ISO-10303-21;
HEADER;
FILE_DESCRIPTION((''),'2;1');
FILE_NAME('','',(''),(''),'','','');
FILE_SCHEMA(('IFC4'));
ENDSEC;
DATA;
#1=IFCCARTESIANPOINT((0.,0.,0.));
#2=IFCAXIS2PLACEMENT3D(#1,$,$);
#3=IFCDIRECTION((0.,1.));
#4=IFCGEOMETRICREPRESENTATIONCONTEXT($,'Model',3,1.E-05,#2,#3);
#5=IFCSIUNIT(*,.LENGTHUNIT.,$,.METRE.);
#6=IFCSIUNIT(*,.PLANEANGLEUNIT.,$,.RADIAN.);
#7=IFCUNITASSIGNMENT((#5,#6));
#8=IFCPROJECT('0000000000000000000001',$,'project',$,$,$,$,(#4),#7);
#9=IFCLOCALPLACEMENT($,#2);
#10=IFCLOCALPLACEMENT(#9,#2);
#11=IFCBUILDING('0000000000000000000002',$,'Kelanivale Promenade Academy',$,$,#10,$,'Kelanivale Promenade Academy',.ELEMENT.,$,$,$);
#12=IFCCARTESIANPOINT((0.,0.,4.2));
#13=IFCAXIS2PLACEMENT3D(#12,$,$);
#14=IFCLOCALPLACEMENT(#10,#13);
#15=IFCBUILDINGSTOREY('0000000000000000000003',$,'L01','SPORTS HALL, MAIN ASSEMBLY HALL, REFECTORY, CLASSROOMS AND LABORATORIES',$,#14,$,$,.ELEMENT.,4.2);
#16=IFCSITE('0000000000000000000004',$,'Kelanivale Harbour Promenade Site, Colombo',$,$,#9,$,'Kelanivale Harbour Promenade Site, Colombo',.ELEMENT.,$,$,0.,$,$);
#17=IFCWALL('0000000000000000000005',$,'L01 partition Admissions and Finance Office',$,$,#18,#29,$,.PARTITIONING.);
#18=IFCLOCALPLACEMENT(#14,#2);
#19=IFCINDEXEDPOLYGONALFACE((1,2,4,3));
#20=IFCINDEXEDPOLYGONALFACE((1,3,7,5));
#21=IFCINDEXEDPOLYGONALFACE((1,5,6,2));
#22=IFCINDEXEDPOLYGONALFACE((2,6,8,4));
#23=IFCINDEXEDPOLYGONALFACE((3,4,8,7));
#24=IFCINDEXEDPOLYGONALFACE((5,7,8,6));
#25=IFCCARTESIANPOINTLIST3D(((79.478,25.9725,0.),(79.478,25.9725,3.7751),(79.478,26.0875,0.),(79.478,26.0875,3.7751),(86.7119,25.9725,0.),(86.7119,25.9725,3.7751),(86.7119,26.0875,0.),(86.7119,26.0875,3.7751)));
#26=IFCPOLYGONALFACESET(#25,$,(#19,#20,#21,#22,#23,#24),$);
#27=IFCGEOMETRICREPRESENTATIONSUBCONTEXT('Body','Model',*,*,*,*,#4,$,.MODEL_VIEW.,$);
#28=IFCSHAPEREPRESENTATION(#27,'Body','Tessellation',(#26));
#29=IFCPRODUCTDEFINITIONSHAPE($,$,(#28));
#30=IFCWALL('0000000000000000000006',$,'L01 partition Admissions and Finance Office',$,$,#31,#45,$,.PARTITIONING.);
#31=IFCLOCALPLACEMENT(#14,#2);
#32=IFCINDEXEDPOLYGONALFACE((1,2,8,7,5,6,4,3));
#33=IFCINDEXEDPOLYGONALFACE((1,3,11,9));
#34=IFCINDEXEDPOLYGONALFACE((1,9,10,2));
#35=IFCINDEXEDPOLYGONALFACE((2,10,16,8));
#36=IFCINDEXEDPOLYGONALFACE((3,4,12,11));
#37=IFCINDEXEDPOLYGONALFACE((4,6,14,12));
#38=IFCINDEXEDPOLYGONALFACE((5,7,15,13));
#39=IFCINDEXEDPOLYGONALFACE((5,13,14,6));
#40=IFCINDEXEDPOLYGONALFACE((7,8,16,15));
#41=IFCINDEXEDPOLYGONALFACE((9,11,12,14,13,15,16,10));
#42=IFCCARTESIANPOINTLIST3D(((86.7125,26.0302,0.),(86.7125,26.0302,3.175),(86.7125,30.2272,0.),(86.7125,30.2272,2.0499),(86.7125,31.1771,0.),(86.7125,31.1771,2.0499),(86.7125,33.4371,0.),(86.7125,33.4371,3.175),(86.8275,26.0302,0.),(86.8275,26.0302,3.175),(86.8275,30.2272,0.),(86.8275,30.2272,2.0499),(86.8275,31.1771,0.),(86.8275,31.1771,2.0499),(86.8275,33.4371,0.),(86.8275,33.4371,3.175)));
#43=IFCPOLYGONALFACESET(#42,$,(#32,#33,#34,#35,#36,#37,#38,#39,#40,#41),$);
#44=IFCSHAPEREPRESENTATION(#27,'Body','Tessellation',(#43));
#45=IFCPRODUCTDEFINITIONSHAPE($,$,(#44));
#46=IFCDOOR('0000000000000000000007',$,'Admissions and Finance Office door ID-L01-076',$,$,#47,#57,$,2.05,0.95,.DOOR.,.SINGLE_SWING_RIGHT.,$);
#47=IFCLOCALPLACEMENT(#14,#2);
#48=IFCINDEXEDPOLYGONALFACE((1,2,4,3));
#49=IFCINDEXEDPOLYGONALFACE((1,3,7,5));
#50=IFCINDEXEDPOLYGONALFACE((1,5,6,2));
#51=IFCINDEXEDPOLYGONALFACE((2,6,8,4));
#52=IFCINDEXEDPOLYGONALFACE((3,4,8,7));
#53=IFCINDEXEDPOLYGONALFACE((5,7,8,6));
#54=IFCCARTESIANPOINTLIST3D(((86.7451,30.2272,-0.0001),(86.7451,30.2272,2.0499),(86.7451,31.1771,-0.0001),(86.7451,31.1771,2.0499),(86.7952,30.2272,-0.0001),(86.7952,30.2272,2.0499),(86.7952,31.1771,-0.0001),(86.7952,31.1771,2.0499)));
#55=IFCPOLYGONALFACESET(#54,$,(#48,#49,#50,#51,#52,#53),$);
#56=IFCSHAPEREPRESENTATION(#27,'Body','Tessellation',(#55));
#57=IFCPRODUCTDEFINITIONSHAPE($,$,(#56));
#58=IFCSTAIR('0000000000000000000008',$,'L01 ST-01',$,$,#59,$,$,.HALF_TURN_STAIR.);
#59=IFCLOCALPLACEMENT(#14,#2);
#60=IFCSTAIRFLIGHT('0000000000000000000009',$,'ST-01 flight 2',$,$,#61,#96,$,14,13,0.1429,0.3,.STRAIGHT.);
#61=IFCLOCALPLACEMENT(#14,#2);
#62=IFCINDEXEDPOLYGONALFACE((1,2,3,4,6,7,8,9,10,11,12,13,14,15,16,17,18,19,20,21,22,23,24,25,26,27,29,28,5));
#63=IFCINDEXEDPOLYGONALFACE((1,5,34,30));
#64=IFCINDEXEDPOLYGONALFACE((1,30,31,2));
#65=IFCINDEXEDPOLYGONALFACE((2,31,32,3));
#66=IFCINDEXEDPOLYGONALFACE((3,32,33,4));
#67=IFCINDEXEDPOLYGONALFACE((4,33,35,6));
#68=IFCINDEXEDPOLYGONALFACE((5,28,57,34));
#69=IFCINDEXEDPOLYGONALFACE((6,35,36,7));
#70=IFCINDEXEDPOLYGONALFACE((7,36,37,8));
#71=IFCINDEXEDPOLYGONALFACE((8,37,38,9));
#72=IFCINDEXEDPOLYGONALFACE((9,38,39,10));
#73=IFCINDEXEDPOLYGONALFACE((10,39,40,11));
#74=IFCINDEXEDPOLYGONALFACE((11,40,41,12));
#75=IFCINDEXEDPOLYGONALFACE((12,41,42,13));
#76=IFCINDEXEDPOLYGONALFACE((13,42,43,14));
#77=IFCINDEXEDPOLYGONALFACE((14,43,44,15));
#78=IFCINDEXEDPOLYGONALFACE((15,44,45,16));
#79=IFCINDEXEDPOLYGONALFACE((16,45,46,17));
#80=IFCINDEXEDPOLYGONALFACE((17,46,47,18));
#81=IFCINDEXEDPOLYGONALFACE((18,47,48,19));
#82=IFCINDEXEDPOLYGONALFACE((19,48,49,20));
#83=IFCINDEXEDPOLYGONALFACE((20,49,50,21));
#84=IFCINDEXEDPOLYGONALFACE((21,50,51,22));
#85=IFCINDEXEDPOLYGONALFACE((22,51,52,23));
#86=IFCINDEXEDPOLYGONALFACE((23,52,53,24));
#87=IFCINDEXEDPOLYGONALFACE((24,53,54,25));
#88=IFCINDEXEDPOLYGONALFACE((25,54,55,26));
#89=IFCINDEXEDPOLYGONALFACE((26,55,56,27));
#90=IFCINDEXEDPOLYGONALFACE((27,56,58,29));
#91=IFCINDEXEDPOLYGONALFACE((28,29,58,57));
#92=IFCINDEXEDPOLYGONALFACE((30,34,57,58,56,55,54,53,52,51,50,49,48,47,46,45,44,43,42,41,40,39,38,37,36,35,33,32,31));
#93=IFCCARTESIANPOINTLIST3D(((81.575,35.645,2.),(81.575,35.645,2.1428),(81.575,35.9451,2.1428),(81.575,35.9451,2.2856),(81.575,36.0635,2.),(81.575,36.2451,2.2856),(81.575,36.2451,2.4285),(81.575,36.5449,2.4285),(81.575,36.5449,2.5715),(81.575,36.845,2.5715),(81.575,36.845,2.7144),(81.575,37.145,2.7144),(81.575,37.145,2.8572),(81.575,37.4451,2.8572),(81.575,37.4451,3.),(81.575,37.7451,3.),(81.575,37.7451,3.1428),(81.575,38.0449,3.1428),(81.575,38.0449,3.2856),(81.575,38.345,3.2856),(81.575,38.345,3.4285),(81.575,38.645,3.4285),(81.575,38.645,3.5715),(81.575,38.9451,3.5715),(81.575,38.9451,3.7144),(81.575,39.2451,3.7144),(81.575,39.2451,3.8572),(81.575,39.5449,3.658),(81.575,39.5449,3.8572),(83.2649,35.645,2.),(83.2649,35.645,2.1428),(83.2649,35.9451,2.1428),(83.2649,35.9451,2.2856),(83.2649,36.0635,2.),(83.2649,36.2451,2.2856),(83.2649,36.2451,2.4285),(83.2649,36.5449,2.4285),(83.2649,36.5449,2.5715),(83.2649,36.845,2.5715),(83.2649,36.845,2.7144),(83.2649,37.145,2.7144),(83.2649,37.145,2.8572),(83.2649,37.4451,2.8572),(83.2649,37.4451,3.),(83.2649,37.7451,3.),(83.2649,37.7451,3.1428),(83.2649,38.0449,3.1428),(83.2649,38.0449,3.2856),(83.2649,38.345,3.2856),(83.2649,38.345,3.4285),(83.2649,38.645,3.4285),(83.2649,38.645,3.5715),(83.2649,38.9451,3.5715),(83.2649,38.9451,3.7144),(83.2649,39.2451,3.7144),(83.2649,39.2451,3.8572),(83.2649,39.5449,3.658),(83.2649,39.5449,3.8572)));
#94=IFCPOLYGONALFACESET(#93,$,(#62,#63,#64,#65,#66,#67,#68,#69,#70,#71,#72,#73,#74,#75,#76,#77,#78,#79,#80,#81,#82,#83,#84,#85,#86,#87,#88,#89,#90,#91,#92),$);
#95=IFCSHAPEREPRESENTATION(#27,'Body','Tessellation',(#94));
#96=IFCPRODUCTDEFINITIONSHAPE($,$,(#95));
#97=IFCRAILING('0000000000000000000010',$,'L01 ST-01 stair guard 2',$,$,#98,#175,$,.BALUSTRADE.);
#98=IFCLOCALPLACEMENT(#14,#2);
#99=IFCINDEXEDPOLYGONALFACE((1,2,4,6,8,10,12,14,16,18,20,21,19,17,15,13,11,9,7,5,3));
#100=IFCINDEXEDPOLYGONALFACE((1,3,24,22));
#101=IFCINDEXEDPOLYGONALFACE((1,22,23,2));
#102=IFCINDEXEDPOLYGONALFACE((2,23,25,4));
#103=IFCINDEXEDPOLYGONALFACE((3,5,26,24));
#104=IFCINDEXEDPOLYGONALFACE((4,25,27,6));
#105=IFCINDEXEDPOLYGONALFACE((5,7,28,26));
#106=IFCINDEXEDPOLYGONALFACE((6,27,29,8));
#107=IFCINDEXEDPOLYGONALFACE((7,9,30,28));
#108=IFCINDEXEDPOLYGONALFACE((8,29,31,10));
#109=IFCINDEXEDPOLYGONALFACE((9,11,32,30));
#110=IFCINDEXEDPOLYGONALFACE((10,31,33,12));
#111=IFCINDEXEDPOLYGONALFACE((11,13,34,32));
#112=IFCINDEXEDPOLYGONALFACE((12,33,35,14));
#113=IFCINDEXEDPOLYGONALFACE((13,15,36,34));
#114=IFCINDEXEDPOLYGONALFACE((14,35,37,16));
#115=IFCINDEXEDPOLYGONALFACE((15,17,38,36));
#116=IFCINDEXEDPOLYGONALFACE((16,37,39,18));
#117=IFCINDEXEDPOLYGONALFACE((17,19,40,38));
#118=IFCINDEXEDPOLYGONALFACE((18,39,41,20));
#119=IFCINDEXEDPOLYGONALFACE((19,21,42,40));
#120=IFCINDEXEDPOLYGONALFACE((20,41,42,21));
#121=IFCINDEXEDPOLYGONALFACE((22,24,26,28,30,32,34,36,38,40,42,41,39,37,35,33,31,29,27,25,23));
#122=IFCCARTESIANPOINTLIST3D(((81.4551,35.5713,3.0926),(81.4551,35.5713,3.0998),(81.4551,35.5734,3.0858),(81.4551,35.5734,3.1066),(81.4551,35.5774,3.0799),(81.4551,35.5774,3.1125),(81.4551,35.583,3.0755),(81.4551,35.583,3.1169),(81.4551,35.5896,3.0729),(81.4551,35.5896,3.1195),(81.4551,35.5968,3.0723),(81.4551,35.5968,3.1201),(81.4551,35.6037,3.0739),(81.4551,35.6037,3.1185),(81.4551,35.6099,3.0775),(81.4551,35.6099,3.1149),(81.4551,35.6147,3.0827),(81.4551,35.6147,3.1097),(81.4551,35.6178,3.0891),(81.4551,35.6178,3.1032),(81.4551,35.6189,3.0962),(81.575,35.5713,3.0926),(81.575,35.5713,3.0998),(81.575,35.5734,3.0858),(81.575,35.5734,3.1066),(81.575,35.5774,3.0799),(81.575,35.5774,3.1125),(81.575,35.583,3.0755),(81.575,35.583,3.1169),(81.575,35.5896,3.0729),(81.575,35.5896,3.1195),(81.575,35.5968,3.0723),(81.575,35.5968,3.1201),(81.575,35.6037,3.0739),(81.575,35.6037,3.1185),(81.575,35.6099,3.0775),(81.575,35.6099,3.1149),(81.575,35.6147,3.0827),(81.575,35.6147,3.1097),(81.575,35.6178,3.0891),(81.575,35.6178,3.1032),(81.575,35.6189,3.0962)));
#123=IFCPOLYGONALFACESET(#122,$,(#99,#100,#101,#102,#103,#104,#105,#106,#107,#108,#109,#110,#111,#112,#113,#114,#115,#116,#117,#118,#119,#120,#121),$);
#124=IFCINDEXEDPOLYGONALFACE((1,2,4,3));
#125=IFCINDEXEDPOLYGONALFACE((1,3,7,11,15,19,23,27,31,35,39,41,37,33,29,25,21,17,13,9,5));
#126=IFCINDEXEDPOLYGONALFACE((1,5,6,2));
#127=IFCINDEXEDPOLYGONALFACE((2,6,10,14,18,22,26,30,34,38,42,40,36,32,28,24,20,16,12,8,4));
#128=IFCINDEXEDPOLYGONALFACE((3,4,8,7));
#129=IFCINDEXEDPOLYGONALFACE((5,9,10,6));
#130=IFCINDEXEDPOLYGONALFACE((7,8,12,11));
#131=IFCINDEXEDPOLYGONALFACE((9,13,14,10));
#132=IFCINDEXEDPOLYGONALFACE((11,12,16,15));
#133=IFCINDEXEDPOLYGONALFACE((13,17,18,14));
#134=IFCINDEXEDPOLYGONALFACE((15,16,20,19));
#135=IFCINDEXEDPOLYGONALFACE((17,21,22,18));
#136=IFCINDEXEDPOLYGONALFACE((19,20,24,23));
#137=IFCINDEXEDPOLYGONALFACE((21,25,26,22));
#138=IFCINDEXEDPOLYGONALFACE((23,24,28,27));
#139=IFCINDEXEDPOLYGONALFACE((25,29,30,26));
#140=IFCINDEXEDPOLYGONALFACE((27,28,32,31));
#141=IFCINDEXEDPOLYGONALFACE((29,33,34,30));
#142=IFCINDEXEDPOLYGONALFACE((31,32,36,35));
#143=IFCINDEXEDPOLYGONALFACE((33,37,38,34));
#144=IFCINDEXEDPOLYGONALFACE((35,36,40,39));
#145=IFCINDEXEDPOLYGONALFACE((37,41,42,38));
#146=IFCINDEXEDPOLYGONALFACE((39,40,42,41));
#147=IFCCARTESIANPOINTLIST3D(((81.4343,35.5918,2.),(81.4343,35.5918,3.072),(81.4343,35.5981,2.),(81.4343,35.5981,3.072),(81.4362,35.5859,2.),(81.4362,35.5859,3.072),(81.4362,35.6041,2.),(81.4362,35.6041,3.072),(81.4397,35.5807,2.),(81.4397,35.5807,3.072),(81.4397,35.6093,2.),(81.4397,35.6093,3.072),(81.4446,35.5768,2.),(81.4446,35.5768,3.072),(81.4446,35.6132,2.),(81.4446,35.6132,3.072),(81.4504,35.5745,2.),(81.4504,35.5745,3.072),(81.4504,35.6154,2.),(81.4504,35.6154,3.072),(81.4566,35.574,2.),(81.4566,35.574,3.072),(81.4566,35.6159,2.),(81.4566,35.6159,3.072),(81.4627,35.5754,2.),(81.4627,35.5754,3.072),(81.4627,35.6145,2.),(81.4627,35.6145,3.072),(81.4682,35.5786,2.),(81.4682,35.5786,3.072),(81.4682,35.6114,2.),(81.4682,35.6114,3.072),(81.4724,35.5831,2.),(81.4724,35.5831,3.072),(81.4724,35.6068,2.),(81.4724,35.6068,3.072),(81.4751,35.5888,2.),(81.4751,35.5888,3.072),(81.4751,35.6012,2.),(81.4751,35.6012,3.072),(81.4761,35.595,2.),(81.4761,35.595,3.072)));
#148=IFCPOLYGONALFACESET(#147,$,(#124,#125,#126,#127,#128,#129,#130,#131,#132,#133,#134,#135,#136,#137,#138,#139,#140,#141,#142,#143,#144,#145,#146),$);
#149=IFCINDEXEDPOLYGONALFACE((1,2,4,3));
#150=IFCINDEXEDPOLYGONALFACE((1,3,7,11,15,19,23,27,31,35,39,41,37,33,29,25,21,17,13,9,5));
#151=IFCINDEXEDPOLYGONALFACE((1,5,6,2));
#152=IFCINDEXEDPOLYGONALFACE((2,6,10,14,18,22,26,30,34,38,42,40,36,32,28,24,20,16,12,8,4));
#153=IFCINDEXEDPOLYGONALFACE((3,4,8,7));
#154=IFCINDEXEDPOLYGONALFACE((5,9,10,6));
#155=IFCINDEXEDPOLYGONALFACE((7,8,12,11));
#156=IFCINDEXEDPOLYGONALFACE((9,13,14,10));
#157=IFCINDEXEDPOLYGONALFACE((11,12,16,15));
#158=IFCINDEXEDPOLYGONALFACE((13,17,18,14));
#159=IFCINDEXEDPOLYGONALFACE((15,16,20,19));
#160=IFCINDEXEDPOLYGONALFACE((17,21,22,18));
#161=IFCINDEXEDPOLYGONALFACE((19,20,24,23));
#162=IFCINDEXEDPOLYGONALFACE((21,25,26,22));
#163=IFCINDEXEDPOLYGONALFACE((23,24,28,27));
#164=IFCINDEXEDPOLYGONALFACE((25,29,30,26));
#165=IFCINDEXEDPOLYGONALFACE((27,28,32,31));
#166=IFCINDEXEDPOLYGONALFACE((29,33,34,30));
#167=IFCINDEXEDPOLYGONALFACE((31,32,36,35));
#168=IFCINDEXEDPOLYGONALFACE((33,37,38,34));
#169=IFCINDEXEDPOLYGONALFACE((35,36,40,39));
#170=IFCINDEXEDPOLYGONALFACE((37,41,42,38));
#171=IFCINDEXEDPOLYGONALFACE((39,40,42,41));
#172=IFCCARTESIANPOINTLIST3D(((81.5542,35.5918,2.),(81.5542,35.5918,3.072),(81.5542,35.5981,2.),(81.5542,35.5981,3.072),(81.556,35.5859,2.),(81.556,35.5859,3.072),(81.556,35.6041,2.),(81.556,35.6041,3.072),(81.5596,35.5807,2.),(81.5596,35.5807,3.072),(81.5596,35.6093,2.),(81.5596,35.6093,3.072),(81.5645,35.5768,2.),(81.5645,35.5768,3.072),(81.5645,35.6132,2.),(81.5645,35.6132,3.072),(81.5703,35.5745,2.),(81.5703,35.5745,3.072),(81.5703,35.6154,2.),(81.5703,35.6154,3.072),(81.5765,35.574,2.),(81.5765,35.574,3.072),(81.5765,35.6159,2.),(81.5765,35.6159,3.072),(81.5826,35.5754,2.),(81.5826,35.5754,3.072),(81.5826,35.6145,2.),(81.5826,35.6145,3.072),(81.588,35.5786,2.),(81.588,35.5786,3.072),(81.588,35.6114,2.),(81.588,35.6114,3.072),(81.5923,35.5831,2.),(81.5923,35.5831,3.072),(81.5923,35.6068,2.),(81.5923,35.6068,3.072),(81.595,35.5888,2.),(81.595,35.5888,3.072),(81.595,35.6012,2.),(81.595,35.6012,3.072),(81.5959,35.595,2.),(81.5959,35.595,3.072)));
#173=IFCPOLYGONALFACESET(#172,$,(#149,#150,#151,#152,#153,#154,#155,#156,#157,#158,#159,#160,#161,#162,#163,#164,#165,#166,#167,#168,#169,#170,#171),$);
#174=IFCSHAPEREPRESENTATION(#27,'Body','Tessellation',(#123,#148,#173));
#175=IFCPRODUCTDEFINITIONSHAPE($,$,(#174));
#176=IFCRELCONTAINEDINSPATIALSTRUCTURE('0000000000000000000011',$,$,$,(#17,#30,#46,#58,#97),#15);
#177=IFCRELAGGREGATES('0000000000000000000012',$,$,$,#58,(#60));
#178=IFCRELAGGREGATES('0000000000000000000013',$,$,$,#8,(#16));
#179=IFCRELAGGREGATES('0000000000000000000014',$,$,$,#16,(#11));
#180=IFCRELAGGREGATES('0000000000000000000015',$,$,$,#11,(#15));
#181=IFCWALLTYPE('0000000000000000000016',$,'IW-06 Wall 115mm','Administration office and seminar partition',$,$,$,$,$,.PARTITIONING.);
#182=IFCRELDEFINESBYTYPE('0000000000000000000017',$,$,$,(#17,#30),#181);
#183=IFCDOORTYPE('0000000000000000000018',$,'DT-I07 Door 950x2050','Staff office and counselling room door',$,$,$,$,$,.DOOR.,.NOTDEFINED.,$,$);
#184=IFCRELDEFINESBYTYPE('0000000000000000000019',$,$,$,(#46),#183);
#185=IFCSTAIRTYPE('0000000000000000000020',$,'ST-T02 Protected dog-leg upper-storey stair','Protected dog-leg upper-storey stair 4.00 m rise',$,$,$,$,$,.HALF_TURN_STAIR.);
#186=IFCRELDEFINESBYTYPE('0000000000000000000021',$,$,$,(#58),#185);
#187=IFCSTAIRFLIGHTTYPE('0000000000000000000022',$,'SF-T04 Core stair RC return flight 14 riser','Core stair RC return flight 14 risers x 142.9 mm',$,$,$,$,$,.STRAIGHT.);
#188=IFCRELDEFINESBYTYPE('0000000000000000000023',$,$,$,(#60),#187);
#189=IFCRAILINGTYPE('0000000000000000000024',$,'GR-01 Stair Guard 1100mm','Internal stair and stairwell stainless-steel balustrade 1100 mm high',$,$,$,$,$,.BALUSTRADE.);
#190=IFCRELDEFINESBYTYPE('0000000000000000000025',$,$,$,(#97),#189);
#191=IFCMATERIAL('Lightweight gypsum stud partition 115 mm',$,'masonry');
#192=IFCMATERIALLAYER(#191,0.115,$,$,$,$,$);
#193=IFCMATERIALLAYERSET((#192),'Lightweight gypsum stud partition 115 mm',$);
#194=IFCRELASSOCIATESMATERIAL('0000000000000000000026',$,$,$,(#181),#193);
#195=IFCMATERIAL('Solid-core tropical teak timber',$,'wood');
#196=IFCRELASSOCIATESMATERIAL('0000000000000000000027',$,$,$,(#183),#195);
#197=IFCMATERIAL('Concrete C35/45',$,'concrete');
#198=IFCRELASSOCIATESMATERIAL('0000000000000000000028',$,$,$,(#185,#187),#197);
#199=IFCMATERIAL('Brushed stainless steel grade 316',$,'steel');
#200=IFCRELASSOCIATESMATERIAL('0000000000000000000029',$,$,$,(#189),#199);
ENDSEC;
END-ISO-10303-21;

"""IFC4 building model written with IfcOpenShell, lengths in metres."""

from ifc_helpers import new_model, si_unit, direction, frame, frame_2d, origin, origin_2d, place, context, subcontext, project, spatial, polyline, rectangle, circle, outline, extrude, material, layer, layer_set, type_object, element, fill, aggregate, save


model = new_model("IFC4")

# Units and contexts
model_context = context("Model", 3, precision=1e-05, world=origin(), true_north=direction((0.0, 1.0)))
body_context = subcontext(model_context, "Body", "Model", "MODEL_VIEW")
ifc_project = project(units=[si_unit("LENGTHUNIT", "METRE"), si_unit("PLANEANGLEUNIT", "RADIAN")], contexts=[model_context])

# Site, building, storey
site_placement = place(None, origin())
site = spatial("IfcSite", under=ifc_project, at=site_placement, Name="Kelanivale Harbour Promenade Site, Colombo", LongName="Kelanivale Harbour Promenade Site, Colombo", CompositionType="ELEMENT", RefElevation=0.0)
building_placement = place(site_placement, origin())
building = spatial("IfcBuilding", under=site, at=building_placement, Name="Kelanivale Promenade Academy", LongName="Kelanivale Promenade Academy", CompositionType="ELEMENT")
storey_placement = place(building_placement, frame((0.0, 0.0, 4.2)))
storey = spatial("IfcBuildingStorey", under=building, at=storey_placement, Name="L01", Description="SPORTS HALL, MAIN ASSEMBLY HALL, REFECTORY, CLASSROOMS AND LABORATORIES", CompositionType="ELEMENT", Elevation=4.2)

# Shared definitions
ifc_material_1 = material(Name="Concrete C35/45", Category="concrete")

# Shared definitions
ifc_material_2 = material(Name="Solid-core tropical teak timber", Category="wood")

# Wall
ifc_material_3 = material(Name="Lightweight gypsum stud partition 115 mm", Category="masonry")
ifc_layer_1 = layer(ifc_material_3, 0.115)
ifc_layer_set_1 = layer_set([ifc_layer_1], Name="Lightweight gypsum stud partition 115 mm")
wall_type_1 = type_object("IfcWallType", Name="IW-06 Wall 115mm", Description="Administration office and seminar partition", PredefinedType="PARTITIONING", material=ifc_layer_set_1)
wall_1_placement = place(storey_placement, frame((79.478, 26.03, 0.0), z_axis=(0.0, 0.0, 1.0), x_axis=(1.0, 0.0, 0.0)))
element("IfcWall", 1, at=wall_1_placement, inside=storey, type_object=wall_type_1, Name="L01 partition Admissions and Finance Office", PredefinedType="PARTITIONING", context=body_context, shape_type="SweptSolid", body=[
    extrude(rectangle(XDim=7.2339, YDim=0.115, at=frame_2d((3.6169, 0.0))), origin(), (0.0, 0.0, 1.0), 3.7751),
])

# Wall, opening, door
wall_2_placement = place(storey_placement, frame((86.77, 26.03, 0.0), z_axis=(0.0, 0.0, 1.0), x_axis=(0.0, 1.0, 0.0)))
wall_2 = element("IfcWall", 2, at=wall_2_placement, inside=storey, type_object=wall_type_1, Name="L01 partition Admissions and Finance Office", PredefinedType="PARTITIONING", context=body_context, shape_type="SweptSolid", body=[
    extrude(rectangle(XDim=7.407, YDim=0.115, at=frame_2d((3.7036, 0.0))), origin(), (0.0, 0.0, 1.0), 3.175),
])
opening_1_placement = place(wall_2_placement, frame((4.197, 0.0, 0.0)))
opening_1 = element("IfcOpeningElement", 3, at=opening_1_placement, cuts=wall_2, PredefinedType="OPENING", context=body_context, shape_type="SweptSolid", body=[
    extrude(rectangle(XDim=0.95, YDim=2.05, at=frame_2d((0.4751, 1.0249))), frame((0.0, 0.0674, 0.0), z_axis=(0.0, -1.0, 0.0), x_axis=(1.0, 0.0, 0.0)), (0.0, 0.0, 1.0), 0.135),
])
door_type_1 = type_object("IfcDoorType", Name="DT-I07 Door 950x2050", Description="Staff office and counselling room door", OperationType="NOTDEFINED", PredefinedType="DOOR", material=ifc_material_2)
door_1_placement = place(opening_1_placement, origin())
door_1 = element("IfcDoor", 4, at=door_1_placement, inside=storey, type_object=door_type_1, Name="Admissions and Finance Office door ID-L01-076", OperationType="SINGLE_SWING_RIGHT", OverallHeight=2.05, OverallWidth=0.95, PredefinedType="DOOR", context=body_context, shape_type="SweptSolid", body=[
    extrude(rectangle(XDim=0.95, YDim=2.05, at=frame_2d((0.4751, 1.0249))), frame((0.0, 0.0249, 0.0), z_axis=(0.0, -1.0, 0.0), x_axis=(1.0, 0.0, 0.0)), (0.0, 0.0, 1.0), 0.05),
])
fill(opening_1, door_1)

# Stair, stair flight
stair_type = type_object("IfcStairType", Name="ST-T02 Protected dog-leg upper-storey stair", Description="Protected dog-leg upper-storey stair 4.00 m rise", PredefinedType="HALF_TURN_STAIR", material=ifc_material_1)
stair_placement = place(storey_placement, origin())
stair = element("IfcStair", 5, at=stair_placement, inside=storey, type_object=stair_type, Name="L01 ST-01", PredefinedType="HALF_TURN_STAIR")
stair_flight_type = type_object("IfcStairFlightType", Name="SF-T04 Core stair RC return flight 14 riser", Description="Core stair RC return flight 14 risers x 142.9 mm", PredefinedType="STRAIGHT", material=ifc_material_1)
stair_flight_placement = place(storey_placement, frame((82.4199, 35.645, 2.0), z_axis=(0.0, 0.0, 1.0), x_axis=(0.0, 1.0, 0.0)))
stair_flight = element("IfcStairFlight", 6, at=stair_flight_placement, type_object=stair_flight_type, Name="ST-01 flight 2", NumberOfRisers=14, NumberOfTreads=13, PredefinedType="STRAIGHT", RiserHeight=0.1429, TreadLength=0.3, context=body_context, shape_type="SweptSolid", body=[
    extrude(outline(polyline([(0.0, 0.0), (0.0, 0.1428), (0.3, 0.1428), (0.3, 0.2856), (0.6001, 0.2856), (0.6001, 0.4285), (0.8999, 0.4285), (0.8999, 0.5715), (1.2, 0.5715), (1.2, 0.7144), (1.5, 0.7144), (1.5, 0.8572), (1.8, 0.8572), (1.8, 1.0), (2.1001, 1.0), (2.1001, 1.1428), (2.3999, 1.1428), (2.3999, 1.2856), (2.7, 1.2856), (2.7, 1.4285), (3.0, 1.4285), (3.0, 1.5715), (3.3, 1.5715), (3.3, 1.7144), (3.6001, 1.7144), (3.6001, 1.8572), (3.8999, 1.8572), (3.8999, 2.0), (3.8999, 1.658), (0.4185, 0.0), (0.0, 0.0)])), frame((0.0, 0.845, 0.0), z_axis=(0.0, -1.0, 0.0), x_axis=(1.0, 0.0, 0.0)), (0.0, 0.0, 1.0), 1.6899),
])
aggregate(stair, [stair_flight])

# Railing
ifc_material_4 = material(Name="Brushed stainless steel grade 316", Category="steel")
railing_type_1 = type_object("IfcRailingType", Name="GR-01 Stair Guard 1100mm", Description="Internal stair and stairwell stainless-steel balustrade 1100 mm high", PredefinedType="BALUSTRADE", material=ifc_material_4)
railing_1_placement = place(storey_placement, frame((81.4551, 35.595, 2.0)))
element("IfcRailing", 7, at=railing_1_placement, inside=storey, type_object=railing_type_1, Name="L01 ST-01 stair guard 2", PredefinedType="BALUSTRADE", context=body_context, shape_type="SweptSolid", body=[
    extrude(circle(Radius=0.0239, at=origin_2d()), frame((0.0, 0.0, 1.0962), z_axis=(1.0, 0.0, 0.0), x_axis=(0.0, 1.0, 0.0)), (0.0, 0.0, 1.0), 0.1199),
    extrude(circle(Radius=0.021, at=origin_2d()), origin(), (0.0, 0.0, 1.0), 1.072),
    extrude(circle(Radius=0.021, at=origin_2d()), frame((0.1199, 0.0, 0.0)), (0.0, 0.0, 1.0), 1.072),
])

save(model, "model.ifc")
